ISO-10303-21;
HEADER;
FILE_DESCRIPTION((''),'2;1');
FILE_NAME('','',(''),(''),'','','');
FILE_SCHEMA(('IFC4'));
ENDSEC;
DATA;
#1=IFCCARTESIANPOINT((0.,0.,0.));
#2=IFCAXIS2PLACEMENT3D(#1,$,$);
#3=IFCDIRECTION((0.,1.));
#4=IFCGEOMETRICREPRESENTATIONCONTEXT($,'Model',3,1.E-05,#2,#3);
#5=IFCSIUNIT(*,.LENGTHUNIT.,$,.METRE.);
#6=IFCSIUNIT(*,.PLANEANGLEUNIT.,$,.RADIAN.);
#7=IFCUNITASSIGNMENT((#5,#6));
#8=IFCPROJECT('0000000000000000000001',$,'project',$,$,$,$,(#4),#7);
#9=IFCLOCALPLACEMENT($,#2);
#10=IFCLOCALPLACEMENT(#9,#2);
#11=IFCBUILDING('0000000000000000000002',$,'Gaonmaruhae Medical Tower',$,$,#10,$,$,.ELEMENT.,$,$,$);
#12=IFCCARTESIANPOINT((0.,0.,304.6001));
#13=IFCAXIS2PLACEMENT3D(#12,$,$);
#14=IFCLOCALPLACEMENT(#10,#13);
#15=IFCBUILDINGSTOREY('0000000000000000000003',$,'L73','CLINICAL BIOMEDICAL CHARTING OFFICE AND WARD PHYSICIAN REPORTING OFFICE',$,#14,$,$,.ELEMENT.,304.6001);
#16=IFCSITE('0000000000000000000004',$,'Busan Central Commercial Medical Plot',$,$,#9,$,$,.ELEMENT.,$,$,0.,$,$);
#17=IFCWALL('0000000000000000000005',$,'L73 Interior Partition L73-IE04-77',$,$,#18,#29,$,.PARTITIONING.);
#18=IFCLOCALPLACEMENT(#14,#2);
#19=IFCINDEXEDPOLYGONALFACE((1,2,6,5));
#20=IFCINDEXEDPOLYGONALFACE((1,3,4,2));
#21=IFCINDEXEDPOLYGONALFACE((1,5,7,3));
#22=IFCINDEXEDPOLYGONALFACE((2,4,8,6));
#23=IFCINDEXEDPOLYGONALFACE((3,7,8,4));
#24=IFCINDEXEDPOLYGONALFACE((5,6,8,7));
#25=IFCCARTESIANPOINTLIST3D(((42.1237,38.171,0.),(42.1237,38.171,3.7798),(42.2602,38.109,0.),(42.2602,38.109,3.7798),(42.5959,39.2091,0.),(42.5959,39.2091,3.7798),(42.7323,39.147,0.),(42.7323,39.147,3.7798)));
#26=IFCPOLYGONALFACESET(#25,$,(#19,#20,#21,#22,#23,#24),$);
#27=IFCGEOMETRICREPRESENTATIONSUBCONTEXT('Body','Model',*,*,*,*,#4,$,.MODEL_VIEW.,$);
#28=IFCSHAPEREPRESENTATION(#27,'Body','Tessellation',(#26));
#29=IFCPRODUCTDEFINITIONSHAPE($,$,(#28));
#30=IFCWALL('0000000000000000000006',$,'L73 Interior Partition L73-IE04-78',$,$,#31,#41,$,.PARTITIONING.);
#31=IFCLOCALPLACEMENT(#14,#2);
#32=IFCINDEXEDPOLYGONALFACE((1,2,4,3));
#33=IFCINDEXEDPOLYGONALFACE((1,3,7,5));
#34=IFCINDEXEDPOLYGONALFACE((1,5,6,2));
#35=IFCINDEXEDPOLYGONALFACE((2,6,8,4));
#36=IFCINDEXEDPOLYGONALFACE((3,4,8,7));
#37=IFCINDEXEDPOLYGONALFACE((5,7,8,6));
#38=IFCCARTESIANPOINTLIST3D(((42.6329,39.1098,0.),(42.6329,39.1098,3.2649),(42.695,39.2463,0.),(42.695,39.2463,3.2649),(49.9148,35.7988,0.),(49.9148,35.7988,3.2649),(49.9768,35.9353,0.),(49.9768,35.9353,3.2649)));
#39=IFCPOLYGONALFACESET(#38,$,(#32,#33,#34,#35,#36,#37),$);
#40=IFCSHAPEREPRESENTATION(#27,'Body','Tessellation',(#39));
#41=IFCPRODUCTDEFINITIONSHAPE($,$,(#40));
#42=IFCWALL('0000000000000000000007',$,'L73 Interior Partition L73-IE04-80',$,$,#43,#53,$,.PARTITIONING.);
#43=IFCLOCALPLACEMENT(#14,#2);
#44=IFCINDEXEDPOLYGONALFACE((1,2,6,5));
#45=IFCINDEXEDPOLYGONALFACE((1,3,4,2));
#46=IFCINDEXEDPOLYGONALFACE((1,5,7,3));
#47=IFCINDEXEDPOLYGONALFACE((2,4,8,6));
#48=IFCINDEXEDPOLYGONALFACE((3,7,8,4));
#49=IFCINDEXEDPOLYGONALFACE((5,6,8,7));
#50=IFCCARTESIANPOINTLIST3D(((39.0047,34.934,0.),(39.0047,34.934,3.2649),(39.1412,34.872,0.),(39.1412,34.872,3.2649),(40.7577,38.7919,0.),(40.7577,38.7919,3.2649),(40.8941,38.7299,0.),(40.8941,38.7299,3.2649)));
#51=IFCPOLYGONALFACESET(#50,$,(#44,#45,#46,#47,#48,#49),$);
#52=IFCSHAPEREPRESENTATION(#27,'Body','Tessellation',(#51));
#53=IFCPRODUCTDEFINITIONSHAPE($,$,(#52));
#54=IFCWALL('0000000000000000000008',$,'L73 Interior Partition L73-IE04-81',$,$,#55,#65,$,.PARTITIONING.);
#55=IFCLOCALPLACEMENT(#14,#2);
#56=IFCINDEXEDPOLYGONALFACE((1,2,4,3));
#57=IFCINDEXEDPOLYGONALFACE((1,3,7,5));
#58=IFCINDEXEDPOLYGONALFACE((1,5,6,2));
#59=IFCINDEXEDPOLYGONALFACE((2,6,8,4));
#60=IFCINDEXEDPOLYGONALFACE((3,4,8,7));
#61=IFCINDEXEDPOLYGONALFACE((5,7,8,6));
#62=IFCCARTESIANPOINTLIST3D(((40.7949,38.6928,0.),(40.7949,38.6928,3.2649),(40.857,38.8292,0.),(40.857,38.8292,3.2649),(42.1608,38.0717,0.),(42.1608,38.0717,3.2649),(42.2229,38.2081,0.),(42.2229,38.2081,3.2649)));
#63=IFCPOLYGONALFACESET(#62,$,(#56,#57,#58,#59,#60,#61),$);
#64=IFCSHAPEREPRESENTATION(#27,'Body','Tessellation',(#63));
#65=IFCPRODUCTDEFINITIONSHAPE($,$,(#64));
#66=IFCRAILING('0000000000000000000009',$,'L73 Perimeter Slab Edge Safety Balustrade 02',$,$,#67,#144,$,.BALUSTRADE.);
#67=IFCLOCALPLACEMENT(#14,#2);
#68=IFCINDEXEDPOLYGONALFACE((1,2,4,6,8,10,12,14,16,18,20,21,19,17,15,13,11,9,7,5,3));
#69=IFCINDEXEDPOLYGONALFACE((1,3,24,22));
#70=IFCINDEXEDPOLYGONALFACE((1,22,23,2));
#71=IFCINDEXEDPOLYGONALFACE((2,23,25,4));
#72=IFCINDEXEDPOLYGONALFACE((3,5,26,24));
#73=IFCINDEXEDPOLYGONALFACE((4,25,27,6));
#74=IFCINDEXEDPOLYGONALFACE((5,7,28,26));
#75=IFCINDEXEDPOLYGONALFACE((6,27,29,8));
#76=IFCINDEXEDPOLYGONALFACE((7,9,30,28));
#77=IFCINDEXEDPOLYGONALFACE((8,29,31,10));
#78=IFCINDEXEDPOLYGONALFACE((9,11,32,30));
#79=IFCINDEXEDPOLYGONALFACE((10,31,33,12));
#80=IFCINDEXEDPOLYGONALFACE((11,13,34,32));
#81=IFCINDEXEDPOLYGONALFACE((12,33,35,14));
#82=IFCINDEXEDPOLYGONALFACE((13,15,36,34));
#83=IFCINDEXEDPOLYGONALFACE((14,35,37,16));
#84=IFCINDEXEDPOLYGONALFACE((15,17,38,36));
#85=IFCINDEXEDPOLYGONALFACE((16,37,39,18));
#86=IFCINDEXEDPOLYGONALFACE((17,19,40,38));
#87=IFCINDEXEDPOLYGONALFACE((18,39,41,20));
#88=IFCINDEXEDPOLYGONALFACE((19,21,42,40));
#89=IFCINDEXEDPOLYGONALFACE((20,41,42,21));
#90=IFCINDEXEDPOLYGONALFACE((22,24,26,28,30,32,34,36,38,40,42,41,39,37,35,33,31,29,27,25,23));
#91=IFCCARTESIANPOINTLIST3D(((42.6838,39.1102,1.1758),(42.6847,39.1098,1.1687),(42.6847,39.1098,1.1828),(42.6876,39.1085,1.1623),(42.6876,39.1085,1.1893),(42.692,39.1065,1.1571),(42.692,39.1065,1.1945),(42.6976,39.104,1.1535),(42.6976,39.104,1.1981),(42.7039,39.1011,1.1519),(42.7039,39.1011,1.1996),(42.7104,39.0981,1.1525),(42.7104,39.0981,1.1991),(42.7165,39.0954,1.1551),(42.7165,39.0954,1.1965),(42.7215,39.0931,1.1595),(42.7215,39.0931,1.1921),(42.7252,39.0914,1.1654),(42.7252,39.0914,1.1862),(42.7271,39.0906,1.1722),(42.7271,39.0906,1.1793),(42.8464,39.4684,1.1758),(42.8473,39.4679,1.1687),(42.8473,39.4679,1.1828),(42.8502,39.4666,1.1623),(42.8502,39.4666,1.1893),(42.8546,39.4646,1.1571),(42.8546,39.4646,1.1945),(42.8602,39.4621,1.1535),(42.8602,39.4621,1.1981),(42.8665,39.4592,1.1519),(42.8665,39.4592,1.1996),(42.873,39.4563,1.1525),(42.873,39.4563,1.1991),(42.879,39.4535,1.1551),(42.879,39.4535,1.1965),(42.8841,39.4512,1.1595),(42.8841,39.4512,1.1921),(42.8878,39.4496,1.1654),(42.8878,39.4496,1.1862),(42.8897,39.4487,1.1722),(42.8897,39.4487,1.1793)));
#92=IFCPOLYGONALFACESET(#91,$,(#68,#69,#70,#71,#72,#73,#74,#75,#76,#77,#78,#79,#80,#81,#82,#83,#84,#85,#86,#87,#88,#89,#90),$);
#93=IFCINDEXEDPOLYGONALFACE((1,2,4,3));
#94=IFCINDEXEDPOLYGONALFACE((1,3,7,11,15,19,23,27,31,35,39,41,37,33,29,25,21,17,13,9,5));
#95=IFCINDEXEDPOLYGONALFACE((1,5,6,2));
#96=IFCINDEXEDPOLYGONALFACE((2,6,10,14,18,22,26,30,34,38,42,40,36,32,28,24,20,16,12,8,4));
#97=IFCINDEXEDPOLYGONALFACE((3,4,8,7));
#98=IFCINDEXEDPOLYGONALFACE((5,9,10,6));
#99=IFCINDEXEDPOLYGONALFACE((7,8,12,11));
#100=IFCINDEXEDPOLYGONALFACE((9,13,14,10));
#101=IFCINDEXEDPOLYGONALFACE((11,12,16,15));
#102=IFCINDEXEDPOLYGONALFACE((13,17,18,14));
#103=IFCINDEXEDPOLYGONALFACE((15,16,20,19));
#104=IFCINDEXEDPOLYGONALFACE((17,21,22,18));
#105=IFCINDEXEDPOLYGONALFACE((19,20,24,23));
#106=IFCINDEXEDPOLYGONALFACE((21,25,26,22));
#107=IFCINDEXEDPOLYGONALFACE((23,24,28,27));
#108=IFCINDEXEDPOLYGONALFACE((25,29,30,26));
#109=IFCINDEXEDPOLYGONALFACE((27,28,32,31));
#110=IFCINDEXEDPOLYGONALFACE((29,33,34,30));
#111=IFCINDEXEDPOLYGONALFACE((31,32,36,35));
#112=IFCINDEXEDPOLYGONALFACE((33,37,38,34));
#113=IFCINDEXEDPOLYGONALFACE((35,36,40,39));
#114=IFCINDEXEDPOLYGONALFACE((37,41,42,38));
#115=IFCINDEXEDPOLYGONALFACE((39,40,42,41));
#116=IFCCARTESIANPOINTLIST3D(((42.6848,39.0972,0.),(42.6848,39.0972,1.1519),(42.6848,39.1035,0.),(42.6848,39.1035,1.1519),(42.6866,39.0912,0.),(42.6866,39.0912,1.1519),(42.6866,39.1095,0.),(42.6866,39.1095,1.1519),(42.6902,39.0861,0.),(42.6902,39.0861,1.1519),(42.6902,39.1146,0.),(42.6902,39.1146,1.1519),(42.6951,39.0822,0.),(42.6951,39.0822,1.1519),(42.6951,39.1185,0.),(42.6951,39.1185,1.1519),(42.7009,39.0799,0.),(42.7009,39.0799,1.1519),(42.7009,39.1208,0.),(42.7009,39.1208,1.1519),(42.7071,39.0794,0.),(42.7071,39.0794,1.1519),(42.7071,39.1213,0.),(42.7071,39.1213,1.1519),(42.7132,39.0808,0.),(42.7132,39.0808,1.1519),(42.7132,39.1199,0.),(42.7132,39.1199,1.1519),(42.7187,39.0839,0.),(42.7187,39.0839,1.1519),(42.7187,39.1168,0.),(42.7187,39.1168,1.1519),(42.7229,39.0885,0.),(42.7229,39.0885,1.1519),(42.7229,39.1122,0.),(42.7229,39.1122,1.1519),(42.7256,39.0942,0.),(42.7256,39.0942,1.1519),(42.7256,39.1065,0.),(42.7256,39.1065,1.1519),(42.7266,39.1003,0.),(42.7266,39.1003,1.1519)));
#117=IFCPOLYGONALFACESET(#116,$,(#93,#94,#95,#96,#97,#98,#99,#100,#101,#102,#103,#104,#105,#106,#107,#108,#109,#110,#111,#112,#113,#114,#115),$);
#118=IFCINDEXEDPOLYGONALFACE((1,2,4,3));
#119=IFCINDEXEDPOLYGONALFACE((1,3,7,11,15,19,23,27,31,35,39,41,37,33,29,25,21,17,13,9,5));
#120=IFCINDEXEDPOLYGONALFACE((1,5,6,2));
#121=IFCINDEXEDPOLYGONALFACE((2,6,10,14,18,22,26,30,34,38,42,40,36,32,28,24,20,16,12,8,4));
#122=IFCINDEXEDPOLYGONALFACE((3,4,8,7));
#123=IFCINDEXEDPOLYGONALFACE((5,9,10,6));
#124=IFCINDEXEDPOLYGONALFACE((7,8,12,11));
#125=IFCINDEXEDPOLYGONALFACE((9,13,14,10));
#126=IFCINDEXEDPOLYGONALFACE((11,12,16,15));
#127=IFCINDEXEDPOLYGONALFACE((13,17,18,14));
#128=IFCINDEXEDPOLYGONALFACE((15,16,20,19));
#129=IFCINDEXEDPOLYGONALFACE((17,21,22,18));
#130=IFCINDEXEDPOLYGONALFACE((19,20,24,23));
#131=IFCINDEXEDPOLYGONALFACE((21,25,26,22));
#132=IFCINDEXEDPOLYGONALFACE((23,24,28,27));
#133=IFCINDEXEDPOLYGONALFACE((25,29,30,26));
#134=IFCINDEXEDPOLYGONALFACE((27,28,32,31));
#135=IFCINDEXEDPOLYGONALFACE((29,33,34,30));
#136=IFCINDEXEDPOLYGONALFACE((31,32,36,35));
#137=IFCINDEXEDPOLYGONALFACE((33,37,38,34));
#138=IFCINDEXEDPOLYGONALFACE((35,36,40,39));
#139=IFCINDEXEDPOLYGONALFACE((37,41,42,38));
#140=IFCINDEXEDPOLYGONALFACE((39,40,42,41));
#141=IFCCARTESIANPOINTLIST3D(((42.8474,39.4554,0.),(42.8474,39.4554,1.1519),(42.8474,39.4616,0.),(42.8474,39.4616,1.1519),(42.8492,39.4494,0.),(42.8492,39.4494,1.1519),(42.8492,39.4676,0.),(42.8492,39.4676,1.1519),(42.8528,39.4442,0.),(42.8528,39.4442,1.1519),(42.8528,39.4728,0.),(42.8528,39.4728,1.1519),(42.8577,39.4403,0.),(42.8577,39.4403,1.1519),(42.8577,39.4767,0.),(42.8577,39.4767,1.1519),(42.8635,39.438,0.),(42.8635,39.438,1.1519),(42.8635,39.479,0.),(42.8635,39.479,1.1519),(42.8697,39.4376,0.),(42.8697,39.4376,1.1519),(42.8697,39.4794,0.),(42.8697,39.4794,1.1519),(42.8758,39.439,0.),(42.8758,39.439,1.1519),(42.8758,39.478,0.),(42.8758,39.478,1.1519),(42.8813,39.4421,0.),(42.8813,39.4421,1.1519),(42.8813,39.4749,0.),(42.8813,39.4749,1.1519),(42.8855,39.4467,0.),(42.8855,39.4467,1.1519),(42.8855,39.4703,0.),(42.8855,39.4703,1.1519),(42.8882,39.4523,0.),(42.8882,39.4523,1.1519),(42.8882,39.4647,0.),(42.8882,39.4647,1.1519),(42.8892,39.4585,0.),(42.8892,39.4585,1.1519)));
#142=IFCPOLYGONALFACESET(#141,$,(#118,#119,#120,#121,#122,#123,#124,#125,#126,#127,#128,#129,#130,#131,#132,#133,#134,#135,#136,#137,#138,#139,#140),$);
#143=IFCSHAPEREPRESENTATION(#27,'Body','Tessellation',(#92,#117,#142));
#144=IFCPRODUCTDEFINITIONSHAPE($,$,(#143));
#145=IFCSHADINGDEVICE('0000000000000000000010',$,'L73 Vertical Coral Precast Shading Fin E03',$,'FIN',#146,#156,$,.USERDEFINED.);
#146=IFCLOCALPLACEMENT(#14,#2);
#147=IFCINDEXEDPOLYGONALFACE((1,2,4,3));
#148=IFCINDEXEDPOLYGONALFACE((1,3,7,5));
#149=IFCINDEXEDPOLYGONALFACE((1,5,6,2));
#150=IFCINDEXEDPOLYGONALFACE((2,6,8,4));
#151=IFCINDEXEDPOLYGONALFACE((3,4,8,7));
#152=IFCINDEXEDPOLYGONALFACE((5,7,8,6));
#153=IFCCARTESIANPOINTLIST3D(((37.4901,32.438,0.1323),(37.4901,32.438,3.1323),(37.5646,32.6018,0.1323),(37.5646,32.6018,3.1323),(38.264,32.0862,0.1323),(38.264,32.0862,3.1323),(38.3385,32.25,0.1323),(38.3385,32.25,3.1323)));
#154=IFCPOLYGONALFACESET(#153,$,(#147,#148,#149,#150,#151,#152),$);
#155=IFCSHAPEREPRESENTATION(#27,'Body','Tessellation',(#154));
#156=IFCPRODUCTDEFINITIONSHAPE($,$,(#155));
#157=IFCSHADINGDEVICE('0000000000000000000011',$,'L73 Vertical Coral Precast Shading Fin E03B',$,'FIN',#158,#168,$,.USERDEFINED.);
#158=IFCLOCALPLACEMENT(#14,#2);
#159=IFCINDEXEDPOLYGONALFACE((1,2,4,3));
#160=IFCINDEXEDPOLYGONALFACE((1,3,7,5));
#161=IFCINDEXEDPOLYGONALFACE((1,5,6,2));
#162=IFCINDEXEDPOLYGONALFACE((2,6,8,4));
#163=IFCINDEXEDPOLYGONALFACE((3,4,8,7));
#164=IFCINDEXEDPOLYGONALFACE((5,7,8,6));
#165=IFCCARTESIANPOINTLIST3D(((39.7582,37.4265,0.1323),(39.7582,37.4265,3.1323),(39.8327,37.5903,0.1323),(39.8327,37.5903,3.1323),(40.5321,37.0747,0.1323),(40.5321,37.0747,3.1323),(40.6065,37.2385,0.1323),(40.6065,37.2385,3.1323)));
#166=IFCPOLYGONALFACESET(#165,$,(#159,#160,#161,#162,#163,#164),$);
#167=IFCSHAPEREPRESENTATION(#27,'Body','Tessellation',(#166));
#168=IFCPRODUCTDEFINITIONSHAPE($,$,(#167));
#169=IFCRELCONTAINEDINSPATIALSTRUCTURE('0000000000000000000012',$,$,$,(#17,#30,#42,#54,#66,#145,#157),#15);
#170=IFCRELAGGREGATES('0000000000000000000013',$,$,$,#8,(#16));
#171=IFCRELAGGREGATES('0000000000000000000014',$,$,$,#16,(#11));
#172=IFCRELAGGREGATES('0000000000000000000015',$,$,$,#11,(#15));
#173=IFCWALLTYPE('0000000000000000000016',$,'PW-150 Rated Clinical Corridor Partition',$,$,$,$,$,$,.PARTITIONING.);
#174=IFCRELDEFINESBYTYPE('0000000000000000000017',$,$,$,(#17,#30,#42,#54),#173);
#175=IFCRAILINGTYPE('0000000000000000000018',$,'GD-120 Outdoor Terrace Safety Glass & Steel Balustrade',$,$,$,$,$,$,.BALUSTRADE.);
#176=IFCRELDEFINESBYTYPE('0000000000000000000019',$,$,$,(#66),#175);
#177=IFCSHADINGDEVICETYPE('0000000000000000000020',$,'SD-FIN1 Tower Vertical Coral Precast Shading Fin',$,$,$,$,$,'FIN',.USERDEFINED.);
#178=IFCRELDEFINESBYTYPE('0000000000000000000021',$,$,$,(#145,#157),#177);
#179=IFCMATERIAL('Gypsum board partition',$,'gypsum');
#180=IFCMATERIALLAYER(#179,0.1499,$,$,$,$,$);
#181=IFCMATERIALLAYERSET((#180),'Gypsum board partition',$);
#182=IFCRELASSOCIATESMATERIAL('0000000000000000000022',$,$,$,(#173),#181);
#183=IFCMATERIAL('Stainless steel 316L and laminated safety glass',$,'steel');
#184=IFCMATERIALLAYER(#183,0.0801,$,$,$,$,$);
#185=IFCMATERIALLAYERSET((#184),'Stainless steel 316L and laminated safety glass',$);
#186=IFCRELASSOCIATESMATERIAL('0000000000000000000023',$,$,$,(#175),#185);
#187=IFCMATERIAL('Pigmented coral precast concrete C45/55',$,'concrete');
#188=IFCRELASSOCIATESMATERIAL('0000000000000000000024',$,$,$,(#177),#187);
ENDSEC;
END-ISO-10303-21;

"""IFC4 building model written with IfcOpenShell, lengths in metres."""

from ifc_helpers import new_model, si_unit, direction, frame, frame_2d, origin, origin_2d, place, context, subcontext, project, spatial, rectangle, circle, extrude, material, layer, layer_set, type_object, element, save


model = new_model("IFC4")

# Units and contexts
model_context = context("Model", 3, precision=1e-05, world=origin(), true_north=direction((0.0, 1.0)))
body_context = subcontext(model_context, "Body", "Model", "MODEL_VIEW")
ifc_project = project(units=[si_unit("LENGTHUNIT", "METRE"), si_unit("PLANEANGLEUNIT", "RADIAN")], contexts=[model_context])

# Site, building, storey
site_placement = place(None, origin())
site = spatial("IfcSite", under=ifc_project, at=site_placement, Name="Busan Central Commercial Medical Plot", CompositionType="ELEMENT", RefElevation=0.0)
building_placement = place(site_placement, origin())
building = spatial("IfcBuilding", under=site, at=building_placement, Name="Gaonmaruhae Medical Tower", CompositionType="ELEMENT")
storey_placement = place(building_placement, frame((0.0, 0.0, 304.6001)))
storey = spatial("IfcBuildingStorey", under=building, at=storey_placement, Name="L73", Description="CLINICAL BIOMEDICAL CHARTING OFFICE AND WARD PHYSICIAN REPORTING OFFICE", CompositionType="ELEMENT", Elevation=304.6001)

# Walls
ifc_material_1 = material(Name="Gypsum board partition", Category="gypsum")
ifc_layer_1 = layer(ifc_material_1, 0.1499)
ifc_layer_set_1 = layer_set([ifc_layer_1], Name="Gypsum board partition")
wall_type_1 = type_object("IfcWallType", Name="PW-150 Rated Clinical Corridor Partition", PredefinedType="PARTITIONING", material=ifc_layer_set_1)
wall_1_placement = place(storey_placement, frame((42.1919, 38.1399, 0.0), z_axis=(0.0, 0.0, 1.0), x_axis=(0.414029, 0.910264, 0.0)))
element("IfcWall", 1, at=wall_1_placement, inside=storey, type_object=wall_type_1, Name="L73 Interior Partition L73-IE04-77", PredefinedType="PARTITIONING", context=body_context, shape_type="SweptSolid", body=[
    extrude(rectangle(XDim=1.1404, YDim=0.1499, at=frame_2d((0.5703, 0.0))), origin(), (0.0, 0.0, 1.0), 3.7798),
])
wall_2_placement = place(storey_placement, frame((42.6641, 39.178, 0.0), z_axis=(0.0, 0.0, 1.0), x_axis=(0.910317, -0.413911, 0.0)))
element("IfcWall", 2, at=wall_2_placement, inside=storey, type_object=wall_type_1, Name="L73 Interior Partition L73-IE04-78", PredefinedType="PARTITIONING", context=body_context, shape_type="SweptSolid", body=[
    extrude(rectangle(XDim=7.9993, YDim=0.1499, at=frame_2d((3.9995, 0.0))), origin(), (0.0, 0.0, 1.0), 3.2649),
])
wall_3_placement = place(storey_placement, frame((39.073, 34.9031, 0.0), z_axis=(0.0, 0.0, 1.0), x_axis=(0.413673, 0.910426, 0.0)))
element("IfcWall", 3, at=wall_3_placement, inside=storey, type_object=wall_type_1, Name="L73 Interior Partition L73-IE04-80", PredefinedType="PARTITIONING", context=body_context, shape_type="SweptSolid", body=[
    extrude(rectangle(XDim=4.2375, YDim=0.1499, at=frame_2d((2.1187, 0.0))), origin(), (0.0, 0.0, 1.0), 3.2649),
])
wall_4_placement = place(storey_placement, frame((40.8259, 38.761, 0.0), z_axis=(0.0, 0.0, 1.0), x_axis=(0.910316, -0.413913, 0.0)))
element("IfcWall", 4, at=wall_4_placement, inside=storey, type_object=wall_type_1, Name="L73 Interior Partition L73-IE04-81", PredefinedType="PARTITIONING", context=body_context, shape_type="SweptSolid", body=[
    extrude(rectangle(XDim=1.5005, YDim=0.1499, at=frame_2d((0.7502, 0.0))), origin(), (0.0, 0.0, 1.0), 3.2649),
])

# Railing
ifc_material_2 = material(Name="Stainless steel 316L and laminated safety glass", Category="steel")
ifc_layer_2 = layer(ifc_material_2, 0.0801)
ifc_layer_set_2 = layer_set([ifc_layer_2], Name="Stainless steel 316L and laminated safety glass")
railing_type = type_object("IfcRailingType", Name="GD-120 Outdoor Terrace Safety Glass & Steel Balustrade", PredefinedType="BALUSTRADE", material=ifc_layer_set_2)
railing_placement = place(storey_placement, frame((42.7056, 39.1003, 0.0)))
element("IfcRailing", 5, at=railing_placement, inside=storey, type_object=railing_type, Name="L73 Perimeter Slab Edge Safety Balustrade 02", PredefinedType="BALUSTRADE", context=body_context, shape_type="SweptSolid", body=[
    extrude(circle(Radius=0.0239, at=origin_2d()), frame((0.0, 0.0, 1.1758), z_axis=(0.413382, 0.910558, 0.0), x_axis=(-0.910558, 0.413382, 0.0)), (0.0, 0.0, 1.0), 0.3933),
    extrude(circle(Radius=0.021, at=origin_2d()), origin(), (0.0, 0.0, 1.0), 1.1519),
    extrude(circle(Radius=0.021, at=origin_2d()), frame((0.1626, 0.3582, 0.0)), (0.0, 0.0, 1.0), 1.1519),
])

# Shading devices
ifc_material_3 = material(Name="Pigmented coral precast concrete C45/55", Category="concrete")
shading_device_type = type_object("IfcShadingDeviceType", Name="SD-FIN1 Tower Vertical Coral Precast Shading Fin", ElementType="FIN", PredefinedType="USERDEFINED", material=ifc_material_3)
for number, where, z_axis, x_axis, name in (
    (6, (37.9143, 32.344, 0.1323), (0.0, 0.0, 1.0), (0.413899, 0.910323, 0.0), "L73 Vertical Coral Precast Shading Fin E03"),
    (7, (40.1824, 37.3325, 0.1323), (0.0, 0.0, 1.0), (0.413899, 0.910323, 0.0), "L73 Vertical Coral Precast Shading Fin E03B"),
):
    element("IfcShadingDevice", number, at=place(storey_placement, frame(where, z_axis=z_axis, x_axis=x_axis)), inside=storey, type_object=shading_device_type, Name=name, ObjectType="FIN", PredefinedType="USERDEFINED", context=body_context, shape_type="SweptSolid", body=[
        extrude(rectangle(XDim=0.1799, YDim=0.8501, at=origin_2d()), origin(), (0.0, 0.0, 1.0), 3.0),
    ])

save(model, "model.ifc")
